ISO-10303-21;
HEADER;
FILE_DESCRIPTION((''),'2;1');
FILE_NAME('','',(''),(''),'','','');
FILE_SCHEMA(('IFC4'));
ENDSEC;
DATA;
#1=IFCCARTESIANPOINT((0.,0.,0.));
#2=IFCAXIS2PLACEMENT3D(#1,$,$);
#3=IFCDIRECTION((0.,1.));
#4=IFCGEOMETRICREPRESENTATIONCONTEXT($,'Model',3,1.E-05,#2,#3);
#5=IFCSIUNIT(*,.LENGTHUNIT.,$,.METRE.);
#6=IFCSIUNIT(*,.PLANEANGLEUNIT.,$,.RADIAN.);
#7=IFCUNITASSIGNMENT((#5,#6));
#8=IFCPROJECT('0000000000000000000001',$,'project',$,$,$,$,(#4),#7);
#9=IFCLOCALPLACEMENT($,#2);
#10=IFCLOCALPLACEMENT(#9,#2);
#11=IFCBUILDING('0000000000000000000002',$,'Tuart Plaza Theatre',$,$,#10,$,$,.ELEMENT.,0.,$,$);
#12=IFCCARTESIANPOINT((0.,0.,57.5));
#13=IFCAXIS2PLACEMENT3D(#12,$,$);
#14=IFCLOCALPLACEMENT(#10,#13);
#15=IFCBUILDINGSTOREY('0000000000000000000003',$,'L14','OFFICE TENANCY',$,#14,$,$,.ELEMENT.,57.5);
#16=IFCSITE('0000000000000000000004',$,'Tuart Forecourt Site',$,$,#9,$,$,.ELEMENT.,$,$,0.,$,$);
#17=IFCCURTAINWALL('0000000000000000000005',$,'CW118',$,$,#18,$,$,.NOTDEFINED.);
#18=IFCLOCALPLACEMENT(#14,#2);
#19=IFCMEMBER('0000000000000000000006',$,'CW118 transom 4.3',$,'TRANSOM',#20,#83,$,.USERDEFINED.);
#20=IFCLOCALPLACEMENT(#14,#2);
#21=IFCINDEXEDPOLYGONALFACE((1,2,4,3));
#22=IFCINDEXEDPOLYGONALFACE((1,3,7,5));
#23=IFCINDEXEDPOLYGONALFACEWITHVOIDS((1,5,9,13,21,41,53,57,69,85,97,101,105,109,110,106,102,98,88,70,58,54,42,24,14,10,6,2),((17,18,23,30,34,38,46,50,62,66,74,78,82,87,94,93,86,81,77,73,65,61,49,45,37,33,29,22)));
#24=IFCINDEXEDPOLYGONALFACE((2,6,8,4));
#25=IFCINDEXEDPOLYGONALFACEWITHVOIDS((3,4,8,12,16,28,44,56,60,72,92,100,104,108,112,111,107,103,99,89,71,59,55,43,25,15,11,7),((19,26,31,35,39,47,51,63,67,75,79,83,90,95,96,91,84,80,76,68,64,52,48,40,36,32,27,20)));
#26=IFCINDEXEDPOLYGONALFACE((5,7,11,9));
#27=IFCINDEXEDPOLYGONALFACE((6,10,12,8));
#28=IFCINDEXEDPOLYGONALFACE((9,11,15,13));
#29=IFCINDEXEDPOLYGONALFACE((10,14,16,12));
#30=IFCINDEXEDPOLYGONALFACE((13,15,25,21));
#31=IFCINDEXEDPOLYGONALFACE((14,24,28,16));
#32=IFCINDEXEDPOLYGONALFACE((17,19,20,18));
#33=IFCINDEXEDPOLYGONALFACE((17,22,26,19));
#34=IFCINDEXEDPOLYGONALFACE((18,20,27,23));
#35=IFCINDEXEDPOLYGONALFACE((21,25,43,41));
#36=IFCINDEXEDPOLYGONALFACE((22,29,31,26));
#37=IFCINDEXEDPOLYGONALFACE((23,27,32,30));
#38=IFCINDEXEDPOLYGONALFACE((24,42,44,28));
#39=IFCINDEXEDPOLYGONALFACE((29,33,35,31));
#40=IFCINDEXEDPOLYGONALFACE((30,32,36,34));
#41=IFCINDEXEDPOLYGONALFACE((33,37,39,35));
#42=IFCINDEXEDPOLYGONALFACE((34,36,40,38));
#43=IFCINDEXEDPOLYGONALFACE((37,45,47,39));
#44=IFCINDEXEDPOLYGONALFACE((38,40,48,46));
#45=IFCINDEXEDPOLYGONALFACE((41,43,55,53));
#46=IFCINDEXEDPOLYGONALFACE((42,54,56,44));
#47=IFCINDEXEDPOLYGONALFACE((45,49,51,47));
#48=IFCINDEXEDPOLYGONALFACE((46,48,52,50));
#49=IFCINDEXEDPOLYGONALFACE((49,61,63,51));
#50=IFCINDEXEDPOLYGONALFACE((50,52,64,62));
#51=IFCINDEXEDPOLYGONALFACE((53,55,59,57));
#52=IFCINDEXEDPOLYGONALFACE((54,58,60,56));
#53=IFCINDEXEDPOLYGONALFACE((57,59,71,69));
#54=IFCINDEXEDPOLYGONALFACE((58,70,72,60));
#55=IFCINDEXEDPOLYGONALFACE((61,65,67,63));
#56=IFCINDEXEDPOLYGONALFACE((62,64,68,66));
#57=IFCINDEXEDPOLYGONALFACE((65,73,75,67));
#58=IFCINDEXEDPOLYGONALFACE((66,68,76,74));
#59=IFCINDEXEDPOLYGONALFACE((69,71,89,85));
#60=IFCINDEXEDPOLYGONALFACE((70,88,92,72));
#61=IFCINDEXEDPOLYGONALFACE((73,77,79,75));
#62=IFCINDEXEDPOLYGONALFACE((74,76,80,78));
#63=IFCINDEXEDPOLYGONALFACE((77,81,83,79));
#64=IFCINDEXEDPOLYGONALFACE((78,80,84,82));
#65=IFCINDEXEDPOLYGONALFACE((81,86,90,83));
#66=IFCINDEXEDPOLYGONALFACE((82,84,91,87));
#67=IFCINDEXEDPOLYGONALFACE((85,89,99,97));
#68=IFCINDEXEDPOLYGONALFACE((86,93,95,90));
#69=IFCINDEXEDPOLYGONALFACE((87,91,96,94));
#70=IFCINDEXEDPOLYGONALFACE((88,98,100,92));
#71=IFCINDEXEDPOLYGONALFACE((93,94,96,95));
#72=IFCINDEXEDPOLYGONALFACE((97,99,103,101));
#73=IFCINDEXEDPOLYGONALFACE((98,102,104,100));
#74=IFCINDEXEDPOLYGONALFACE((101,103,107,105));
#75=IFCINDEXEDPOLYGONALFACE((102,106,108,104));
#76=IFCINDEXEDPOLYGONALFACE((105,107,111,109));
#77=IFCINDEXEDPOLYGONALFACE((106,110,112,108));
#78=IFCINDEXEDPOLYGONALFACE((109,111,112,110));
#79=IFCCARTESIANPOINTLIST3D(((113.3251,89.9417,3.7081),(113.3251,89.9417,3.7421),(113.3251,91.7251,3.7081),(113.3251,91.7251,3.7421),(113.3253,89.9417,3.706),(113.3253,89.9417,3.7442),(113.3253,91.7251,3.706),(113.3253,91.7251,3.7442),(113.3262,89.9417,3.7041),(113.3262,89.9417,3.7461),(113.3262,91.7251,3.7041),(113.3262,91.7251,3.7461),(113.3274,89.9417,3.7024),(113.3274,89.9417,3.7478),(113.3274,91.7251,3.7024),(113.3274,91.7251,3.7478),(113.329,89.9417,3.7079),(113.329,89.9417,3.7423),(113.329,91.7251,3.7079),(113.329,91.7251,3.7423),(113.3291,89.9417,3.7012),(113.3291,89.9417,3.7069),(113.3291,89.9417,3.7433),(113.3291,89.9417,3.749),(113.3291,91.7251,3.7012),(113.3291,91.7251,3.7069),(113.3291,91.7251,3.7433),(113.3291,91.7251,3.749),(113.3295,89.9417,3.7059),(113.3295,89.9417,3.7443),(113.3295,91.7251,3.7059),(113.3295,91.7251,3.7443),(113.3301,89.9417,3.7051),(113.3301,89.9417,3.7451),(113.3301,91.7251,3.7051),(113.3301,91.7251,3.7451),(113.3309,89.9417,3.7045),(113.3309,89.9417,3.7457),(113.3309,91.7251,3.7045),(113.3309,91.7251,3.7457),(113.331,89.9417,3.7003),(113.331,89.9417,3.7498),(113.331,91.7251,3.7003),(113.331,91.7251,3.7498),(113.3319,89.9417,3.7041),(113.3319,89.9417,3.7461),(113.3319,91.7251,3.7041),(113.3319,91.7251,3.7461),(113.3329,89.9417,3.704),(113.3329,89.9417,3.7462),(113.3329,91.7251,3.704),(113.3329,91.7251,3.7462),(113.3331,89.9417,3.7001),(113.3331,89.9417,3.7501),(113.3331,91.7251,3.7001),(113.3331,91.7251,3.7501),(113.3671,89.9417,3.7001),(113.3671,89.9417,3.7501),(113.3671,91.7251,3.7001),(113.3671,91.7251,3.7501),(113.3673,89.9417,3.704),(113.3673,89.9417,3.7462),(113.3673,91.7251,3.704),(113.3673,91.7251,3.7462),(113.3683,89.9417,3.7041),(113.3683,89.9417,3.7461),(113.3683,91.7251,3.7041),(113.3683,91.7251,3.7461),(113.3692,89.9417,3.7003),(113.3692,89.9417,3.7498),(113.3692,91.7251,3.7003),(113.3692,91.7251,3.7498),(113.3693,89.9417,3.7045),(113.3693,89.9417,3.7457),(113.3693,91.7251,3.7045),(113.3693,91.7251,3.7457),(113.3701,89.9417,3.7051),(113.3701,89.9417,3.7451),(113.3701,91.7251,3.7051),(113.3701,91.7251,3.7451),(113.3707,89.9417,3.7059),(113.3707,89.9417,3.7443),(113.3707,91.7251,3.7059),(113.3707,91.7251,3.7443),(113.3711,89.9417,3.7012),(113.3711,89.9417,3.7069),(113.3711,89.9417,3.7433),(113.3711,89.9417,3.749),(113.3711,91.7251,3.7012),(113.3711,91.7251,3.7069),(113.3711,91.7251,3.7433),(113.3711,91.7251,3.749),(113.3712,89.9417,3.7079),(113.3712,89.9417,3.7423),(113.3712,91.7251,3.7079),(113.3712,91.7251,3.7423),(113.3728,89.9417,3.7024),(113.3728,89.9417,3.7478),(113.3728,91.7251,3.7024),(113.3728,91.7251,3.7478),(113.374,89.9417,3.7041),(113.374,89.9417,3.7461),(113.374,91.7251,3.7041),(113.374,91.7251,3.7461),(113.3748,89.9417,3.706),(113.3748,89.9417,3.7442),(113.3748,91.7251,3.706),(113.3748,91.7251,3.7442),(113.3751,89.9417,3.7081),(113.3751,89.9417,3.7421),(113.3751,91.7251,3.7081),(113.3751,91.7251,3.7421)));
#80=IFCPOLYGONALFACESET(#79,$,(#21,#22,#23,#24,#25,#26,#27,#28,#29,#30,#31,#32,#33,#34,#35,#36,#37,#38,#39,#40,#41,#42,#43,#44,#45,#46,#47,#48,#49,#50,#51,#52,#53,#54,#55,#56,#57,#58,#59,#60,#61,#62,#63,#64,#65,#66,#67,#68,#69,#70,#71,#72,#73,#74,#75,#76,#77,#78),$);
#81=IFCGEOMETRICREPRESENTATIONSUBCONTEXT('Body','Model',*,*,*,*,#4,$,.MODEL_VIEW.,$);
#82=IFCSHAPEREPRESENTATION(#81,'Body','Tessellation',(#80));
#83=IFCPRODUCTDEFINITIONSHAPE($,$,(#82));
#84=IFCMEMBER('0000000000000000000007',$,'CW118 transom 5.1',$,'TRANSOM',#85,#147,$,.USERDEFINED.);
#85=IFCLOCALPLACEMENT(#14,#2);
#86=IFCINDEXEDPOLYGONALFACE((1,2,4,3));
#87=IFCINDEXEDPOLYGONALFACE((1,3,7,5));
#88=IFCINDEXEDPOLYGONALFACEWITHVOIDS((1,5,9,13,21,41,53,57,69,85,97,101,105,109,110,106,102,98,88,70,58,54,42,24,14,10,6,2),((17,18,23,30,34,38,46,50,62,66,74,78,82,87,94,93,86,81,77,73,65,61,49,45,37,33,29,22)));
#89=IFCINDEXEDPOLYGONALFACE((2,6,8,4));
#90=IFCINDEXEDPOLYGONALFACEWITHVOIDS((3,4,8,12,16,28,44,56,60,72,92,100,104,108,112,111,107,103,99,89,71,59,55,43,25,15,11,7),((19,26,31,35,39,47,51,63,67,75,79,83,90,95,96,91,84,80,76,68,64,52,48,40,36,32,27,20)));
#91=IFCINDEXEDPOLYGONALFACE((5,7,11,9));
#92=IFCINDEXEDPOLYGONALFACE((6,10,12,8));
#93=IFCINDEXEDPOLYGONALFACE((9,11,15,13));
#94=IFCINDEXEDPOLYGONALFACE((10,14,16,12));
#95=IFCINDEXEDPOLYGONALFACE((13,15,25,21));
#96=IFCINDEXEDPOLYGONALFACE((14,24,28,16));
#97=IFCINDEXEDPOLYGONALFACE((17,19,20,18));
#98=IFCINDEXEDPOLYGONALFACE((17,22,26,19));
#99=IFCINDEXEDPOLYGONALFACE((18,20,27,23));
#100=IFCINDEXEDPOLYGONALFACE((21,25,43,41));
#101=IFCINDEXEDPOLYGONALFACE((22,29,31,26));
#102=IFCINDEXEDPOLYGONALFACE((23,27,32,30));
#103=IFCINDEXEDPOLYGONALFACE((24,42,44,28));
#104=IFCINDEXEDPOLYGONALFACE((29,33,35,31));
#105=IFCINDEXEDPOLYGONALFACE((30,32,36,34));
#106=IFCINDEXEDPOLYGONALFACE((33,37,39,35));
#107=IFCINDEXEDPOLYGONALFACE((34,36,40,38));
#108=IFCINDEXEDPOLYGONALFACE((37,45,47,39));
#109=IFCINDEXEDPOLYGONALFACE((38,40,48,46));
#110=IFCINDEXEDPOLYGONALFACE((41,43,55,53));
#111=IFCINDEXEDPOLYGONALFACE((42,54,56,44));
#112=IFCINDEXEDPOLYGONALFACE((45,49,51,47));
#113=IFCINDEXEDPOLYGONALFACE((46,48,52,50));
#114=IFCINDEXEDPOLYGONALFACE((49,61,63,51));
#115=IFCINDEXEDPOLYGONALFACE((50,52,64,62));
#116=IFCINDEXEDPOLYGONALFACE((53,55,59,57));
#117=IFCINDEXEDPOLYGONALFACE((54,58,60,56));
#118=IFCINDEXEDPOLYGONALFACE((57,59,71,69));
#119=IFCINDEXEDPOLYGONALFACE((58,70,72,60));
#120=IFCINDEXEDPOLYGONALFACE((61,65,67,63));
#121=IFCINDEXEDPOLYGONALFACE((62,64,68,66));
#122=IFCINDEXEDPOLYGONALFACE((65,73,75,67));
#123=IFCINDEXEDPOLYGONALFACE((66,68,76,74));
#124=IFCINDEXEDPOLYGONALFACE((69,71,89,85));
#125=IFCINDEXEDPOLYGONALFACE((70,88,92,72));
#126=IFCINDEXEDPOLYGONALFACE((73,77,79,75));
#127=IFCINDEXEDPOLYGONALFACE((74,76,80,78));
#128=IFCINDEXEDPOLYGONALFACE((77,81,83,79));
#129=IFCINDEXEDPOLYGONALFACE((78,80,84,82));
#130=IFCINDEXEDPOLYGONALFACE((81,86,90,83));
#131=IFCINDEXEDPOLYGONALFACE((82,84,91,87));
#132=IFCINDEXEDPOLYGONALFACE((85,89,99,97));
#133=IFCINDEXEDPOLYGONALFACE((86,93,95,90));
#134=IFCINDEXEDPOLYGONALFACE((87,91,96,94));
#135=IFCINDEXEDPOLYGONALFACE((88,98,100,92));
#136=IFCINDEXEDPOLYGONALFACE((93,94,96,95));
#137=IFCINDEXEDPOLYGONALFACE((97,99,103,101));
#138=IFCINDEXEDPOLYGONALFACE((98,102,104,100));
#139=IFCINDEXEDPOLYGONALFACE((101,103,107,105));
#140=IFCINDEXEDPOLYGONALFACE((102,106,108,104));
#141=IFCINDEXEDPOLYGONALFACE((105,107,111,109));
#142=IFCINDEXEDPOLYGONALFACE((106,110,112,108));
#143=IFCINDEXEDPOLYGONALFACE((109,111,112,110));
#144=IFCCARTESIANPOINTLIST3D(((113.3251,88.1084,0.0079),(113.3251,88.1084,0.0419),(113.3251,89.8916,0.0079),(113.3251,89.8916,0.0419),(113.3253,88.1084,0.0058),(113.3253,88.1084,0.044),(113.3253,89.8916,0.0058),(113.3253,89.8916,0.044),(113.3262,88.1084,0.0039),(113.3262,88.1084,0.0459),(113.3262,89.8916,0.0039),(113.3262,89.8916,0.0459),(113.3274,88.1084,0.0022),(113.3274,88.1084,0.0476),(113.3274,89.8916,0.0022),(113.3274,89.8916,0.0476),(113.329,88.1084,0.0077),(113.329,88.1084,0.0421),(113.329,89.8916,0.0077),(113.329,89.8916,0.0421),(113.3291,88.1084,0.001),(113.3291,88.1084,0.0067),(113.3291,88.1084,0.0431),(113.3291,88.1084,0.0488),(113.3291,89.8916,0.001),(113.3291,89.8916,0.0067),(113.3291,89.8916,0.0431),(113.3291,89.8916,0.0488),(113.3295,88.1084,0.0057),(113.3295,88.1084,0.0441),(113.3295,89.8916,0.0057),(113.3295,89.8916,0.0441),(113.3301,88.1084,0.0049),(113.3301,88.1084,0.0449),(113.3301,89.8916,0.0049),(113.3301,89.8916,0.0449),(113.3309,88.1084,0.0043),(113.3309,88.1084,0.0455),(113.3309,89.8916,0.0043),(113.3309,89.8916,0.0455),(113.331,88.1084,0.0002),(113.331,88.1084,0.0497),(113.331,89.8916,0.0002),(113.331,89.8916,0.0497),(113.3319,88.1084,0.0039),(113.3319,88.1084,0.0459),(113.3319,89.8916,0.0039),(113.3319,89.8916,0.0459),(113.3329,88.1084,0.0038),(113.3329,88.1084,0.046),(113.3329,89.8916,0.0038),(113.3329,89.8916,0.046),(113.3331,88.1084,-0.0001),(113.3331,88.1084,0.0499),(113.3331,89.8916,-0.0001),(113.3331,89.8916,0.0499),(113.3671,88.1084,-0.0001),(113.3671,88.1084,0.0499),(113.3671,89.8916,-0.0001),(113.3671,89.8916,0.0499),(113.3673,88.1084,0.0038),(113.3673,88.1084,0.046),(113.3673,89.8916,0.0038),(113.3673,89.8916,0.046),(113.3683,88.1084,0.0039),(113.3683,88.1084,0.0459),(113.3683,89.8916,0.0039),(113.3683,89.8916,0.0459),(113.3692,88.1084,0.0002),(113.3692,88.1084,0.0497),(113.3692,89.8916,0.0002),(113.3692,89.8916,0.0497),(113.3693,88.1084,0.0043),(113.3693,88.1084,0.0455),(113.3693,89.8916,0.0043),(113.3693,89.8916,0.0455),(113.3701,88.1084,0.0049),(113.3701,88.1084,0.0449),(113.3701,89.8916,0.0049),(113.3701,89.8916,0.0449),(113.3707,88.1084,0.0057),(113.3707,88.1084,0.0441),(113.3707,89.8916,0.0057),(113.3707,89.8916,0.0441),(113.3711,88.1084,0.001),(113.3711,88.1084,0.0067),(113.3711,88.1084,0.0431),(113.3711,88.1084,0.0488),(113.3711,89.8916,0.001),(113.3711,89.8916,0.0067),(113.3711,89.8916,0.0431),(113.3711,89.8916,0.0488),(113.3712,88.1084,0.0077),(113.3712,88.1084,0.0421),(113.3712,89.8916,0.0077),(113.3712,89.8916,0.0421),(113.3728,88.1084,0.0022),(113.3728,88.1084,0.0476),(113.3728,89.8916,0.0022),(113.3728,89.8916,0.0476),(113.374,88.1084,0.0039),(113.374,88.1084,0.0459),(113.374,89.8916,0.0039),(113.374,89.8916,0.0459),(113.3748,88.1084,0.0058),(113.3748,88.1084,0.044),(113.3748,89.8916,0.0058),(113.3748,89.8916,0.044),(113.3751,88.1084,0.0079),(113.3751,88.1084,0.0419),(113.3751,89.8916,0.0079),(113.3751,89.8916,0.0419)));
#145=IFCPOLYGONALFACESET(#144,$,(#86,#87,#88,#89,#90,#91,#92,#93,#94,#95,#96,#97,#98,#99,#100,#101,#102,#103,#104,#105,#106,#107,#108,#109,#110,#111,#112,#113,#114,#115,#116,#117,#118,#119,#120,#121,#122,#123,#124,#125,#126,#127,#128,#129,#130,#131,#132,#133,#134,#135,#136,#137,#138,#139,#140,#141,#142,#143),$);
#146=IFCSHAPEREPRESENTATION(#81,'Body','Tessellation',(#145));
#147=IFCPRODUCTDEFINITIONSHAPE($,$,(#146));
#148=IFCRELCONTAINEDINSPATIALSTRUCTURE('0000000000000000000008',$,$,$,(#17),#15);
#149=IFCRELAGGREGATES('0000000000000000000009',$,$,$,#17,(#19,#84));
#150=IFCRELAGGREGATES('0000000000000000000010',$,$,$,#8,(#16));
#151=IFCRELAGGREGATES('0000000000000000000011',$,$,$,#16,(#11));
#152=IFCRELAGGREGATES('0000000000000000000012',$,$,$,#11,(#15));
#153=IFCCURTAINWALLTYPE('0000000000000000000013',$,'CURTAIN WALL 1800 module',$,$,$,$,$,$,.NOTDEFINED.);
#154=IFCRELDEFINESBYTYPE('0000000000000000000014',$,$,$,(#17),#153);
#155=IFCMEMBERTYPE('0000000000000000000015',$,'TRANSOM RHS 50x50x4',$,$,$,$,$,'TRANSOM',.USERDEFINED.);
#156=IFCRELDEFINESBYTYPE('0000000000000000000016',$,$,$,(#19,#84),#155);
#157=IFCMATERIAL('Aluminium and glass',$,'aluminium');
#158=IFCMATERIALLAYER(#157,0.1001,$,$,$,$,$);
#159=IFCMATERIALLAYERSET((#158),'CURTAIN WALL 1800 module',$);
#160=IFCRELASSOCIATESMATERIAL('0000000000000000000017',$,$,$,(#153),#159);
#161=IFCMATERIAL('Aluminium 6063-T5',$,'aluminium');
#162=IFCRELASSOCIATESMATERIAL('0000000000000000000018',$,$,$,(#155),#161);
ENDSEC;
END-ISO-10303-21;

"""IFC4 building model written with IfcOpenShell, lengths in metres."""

from ifc_helpers import new_model, si_unit, direction, frame, origin, origin_2d, place, context, subcontext, project, spatial, hollow_rectangle, extrude, material, layer, layer_set, material_profile, profile_set, type_object, element, aggregate, save


model = new_model("IFC4")

# Units and contexts
model_context = context("Model", 3, precision=1e-05, world=origin(), true_north=direction((0.0, 1.0)))
body_context = subcontext(model_context, "Body", "Model", "MODEL_VIEW")
ifc_project = project(units=[si_unit("LENGTHUNIT", "METRE"), si_unit("PLANEANGLEUNIT", "RADIAN")], contexts=[model_context])

# Site, building, storey
site_placement = place(None, origin())
site = spatial("IfcSite", under=ifc_project, at=site_placement, Name="Tuart Forecourt Site", CompositionType="ELEMENT", RefElevation=0.0)
building_placement = place(site_placement, origin())
building = spatial("IfcBuilding", under=site, at=building_placement, Name="Tuart Plaza Theatre", CompositionType="ELEMENT", ElevationOfRefHeight=0.0)
storey_placement = place(building_placement, frame((0.0, 0.0, 57.5)))
storey = spatial("IfcBuildingStorey", under=building, at=storey_placement, Name="L14", Description="OFFICE TENANCY", CompositionType="ELEMENT", Elevation=57.5)

# Curtain wall, members
ifc_material_1 = material(Name="Aluminium and glass", Category="aluminium")
ifc_layer_1 = layer(ifc_material_1, 0.1001)
ifc_layer_set_1 = layer_set([ifc_layer_1], Name="CURTAIN WALL 1800 module")
curtain_wall_type = type_object("IfcCurtainWallType", Name="CURTAIN WALL 1800 module", PredefinedType="NOTDEFINED", material=ifc_layer_set_1)
curtain_wall_placement = place(storey_placement, origin())
curtain_wall = element("IfcCurtainWall", 1, at=curtain_wall_placement, inside=storey, type_object=curtain_wall_type, Name="CW118", PredefinedType="NOTDEFINED")
ifc_material_2 = material(Name="Aluminium 6063-T5", Category="aluminium")
ifc_material_profile = material_profile(ifc_material_2, hollow_rectangle(XDim=0.05, YDim=0.05, WallThickness=0.0039, InnerFilletRadius=0.0039, OuterFilletRadius=0.0081, at=origin_2d()), Name="RHS 50x50x4")
ifc_profile_set = profile_set([ifc_material_profile], Name="Aluminium 6063-T5")
member_type = type_object("IfcMemberType", Name="TRANSOM RHS 50x50x4", ElementType="TRANSOM", PredefinedType="USERDEFINED", material=ifc_profile_set)
member_1_placement = place(storey_placement, frame((113.3501, 91.7251, 3.7251), z_axis=(0.0, -1.0, 0.0), x_axis=(1.0, 0.0, 0.0)))
member_1 = element("IfcMember", 2, at=member_1_placement, type_object=member_type, Name="CW118 transom 4.3", ObjectType="TRANSOM", PredefinedType="USERDEFINED", context=body_context, shape_type="SweptSolid", body=[
    extrude(hollow_rectangle(XDim=0.05, YDim=0.05, WallThickness=0.0039, InnerFilletRadius=0.0039, OuterFilletRadius=0.0081, at=origin_2d()), origin(), (0.0, 0.0, 1.0), 1.7834),
])
member_2_placement = place(storey_placement, frame((113.3501, 89.8916, 0.0249), z_axis=(0.0, -1.0, 0.0), x_axis=(1.0, 0.0, 0.0)))
member_2 = element("IfcMember", 3, at=member_2_placement, type_object=member_type, Name="CW118 transom 5.1", ObjectType="TRANSOM", PredefinedType="USERDEFINED", context=body_context, shape_type="SweptSolid", body=[
    extrude(hollow_rectangle(XDim=0.05, YDim=0.05, WallThickness=0.0039, InnerFilletRadius=0.0039, OuterFilletRadius=0.0081, at=origin_2d()), origin(), (0.0, 0.0, 1.0), 1.7832),
])
aggregate(curtain_wall, [member_1, member_2])

save(model, "model.ifc")
